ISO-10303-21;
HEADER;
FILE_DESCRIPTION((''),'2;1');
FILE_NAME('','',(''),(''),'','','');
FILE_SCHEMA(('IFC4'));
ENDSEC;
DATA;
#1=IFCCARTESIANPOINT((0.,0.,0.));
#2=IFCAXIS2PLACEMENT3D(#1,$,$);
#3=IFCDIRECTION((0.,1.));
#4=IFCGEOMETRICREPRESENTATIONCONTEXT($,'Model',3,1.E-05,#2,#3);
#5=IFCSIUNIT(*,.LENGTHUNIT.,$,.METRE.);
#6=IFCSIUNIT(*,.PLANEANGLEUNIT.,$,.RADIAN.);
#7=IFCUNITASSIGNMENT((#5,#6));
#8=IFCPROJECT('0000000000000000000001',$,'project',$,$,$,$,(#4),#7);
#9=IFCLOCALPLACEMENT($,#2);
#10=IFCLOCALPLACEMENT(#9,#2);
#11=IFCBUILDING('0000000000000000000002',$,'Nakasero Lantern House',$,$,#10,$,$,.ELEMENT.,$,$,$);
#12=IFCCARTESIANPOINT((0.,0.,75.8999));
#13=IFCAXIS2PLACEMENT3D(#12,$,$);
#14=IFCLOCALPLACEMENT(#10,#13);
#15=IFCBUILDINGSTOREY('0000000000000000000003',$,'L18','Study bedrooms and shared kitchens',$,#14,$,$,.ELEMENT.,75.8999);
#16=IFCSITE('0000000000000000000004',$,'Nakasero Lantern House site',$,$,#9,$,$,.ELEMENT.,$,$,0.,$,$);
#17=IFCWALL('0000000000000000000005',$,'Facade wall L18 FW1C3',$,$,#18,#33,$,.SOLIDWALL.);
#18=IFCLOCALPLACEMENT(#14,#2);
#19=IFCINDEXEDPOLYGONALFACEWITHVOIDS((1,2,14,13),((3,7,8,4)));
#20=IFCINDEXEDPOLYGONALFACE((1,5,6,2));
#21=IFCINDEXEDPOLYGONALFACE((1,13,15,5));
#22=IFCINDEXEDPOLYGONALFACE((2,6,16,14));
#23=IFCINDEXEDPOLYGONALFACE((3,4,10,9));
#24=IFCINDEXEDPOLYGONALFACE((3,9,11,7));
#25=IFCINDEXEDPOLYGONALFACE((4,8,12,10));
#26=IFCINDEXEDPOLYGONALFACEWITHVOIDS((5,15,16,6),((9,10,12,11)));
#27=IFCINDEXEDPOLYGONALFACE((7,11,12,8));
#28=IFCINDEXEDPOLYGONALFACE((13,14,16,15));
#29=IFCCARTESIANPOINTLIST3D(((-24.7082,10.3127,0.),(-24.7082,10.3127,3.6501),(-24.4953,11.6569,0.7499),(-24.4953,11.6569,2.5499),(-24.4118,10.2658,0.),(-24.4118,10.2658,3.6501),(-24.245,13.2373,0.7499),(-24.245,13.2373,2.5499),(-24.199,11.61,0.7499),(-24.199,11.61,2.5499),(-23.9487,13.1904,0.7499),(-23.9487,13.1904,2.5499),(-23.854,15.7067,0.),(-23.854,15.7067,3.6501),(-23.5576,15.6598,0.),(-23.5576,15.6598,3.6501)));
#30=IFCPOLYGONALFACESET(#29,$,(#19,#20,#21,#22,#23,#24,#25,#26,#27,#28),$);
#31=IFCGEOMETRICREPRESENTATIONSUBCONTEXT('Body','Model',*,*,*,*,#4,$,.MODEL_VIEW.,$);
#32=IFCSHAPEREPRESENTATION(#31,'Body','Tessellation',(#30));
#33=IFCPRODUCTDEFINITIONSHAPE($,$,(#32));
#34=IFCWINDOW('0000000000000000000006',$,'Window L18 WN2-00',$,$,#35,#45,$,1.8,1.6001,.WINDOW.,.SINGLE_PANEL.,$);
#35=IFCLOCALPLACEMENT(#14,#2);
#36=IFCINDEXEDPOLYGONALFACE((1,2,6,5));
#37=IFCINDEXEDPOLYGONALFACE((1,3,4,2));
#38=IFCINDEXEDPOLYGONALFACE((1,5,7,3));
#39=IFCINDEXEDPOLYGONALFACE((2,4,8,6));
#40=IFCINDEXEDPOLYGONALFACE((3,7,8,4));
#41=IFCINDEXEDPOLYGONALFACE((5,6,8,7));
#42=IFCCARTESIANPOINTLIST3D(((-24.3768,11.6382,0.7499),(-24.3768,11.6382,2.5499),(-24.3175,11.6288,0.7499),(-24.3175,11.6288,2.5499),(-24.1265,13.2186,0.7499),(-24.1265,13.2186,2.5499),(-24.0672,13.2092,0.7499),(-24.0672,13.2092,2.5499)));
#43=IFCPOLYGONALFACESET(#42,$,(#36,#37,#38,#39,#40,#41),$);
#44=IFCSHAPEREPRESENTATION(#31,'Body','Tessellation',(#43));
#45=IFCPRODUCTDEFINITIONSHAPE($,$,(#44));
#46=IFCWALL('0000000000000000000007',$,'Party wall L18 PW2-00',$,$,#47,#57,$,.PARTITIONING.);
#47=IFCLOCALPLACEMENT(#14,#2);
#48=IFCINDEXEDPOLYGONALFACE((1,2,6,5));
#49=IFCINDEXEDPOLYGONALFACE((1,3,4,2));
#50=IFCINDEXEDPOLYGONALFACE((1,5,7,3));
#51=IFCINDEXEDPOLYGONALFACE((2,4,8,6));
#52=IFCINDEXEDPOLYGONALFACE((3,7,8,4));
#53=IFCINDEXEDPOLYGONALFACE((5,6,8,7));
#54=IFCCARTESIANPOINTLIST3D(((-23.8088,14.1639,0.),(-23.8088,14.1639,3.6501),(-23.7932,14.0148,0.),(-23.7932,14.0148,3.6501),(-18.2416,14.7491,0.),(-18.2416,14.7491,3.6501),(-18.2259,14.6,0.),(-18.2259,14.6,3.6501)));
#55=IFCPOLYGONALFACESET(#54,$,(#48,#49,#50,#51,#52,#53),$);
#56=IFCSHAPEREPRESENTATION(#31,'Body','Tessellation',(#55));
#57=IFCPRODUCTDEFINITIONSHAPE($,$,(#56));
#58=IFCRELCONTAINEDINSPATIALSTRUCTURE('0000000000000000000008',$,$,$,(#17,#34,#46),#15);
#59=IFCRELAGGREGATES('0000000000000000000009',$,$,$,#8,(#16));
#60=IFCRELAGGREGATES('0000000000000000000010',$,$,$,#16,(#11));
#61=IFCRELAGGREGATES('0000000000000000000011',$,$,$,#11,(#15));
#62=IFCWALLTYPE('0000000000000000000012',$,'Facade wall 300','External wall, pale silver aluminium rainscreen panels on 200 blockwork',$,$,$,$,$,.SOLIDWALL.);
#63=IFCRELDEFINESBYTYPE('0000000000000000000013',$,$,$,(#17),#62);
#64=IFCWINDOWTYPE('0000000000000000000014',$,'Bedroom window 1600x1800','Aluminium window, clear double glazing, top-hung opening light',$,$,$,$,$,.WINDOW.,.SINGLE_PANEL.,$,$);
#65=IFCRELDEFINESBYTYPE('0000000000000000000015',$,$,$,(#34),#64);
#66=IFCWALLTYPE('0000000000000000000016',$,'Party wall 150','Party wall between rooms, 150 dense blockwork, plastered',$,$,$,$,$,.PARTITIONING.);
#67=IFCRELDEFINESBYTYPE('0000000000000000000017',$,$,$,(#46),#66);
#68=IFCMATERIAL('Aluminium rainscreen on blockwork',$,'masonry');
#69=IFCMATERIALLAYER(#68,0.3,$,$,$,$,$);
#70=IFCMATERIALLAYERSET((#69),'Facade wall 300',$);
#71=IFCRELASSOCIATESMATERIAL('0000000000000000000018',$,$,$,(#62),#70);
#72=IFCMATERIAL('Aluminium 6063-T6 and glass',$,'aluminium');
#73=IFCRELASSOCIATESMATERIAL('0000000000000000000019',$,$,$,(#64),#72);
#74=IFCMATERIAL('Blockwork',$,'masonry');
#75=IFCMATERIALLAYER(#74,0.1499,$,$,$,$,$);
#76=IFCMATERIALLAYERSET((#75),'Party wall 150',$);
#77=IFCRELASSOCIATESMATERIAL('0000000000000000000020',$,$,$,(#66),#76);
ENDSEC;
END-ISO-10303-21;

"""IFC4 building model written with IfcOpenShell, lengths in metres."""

from ifc_helpers import new_model, si_unit, direction, frame, frame_2d, origin, place, context, subcontext, project, spatial, rectangle, extrude, material, layer, layer_set, type_object, element, fill, save


model = new_model("IFC4")

# Units and contexts
model_context = context("Model", 3, precision=1e-05, world=origin(), true_north=direction((0.0, 1.0)))
body_context = subcontext(model_context, "Body", "Model", "MODEL_VIEW")
ifc_project = project(units=[si_unit("LENGTHUNIT", "METRE"), si_unit("PLANEANGLEUNIT", "RADIAN")], contexts=[model_context])

# Site, building, storey
site_placement = place(None, origin())
site = spatial("IfcSite", under=ifc_project, at=site_placement, Name="Nakasero Lantern House site", CompositionType="ELEMENT", RefElevation=0.0)
building_placement = place(site_placement, origin())
building = spatial("IfcBuilding", under=site, at=building_placement, Name="Nakasero Lantern House", CompositionType="ELEMENT")
storey_placement = place(building_placement, frame((0.0, 0.0, 75.8999)))
storey = spatial("IfcBuildingStorey", under=building, at=storey_placement, Name="L18", Description="Study bedrooms and shared kitchens", CompositionType="ELEMENT", Elevation=75.8999)

# Wall, opening, window
ifc_material_1 = material(Name="Aluminium rainscreen on blockwork", Category="masonry")
ifc_layer_1 = layer(ifc_material_1, 0.3)
ifc_layer_set_1 = layer_set([ifc_layer_1], Name="Facade wall 300")
wall_type_1 = type_object("IfcWallType", Name="Facade wall 300", Description="External wall, pale silver aluminium rainscreen panels on 200 blockwork", PredefinedType="SOLIDWALL", material=ifc_layer_set_1)
wall_1_placement = place(storey_placement, frame((-23.7058, 15.6831, 0.0), z_axis=(0.0, 0.0, 1.0), x_axis=(-0.156419, -0.987691, 0.0)))
wall_1 = element("IfcWall", 1, at=wall_1_placement, inside=storey, type_object=wall_type_1, Name="Facade wall L18 FW1C3", PredefinedType="SOLIDWALL", context=body_context, shape_type="SweptSolid", body=[
    extrude(rectangle(XDim=5.4612, YDim=0.3, at=frame_2d((2.7305, 0.0))), origin(), (0.0, 0.0, 1.0), 3.6501),
])
opening_1_placement = place(wall_1_placement, frame((2.5, 0.0, 0.75)))
opening_1 = element("IfcOpeningElement", 2, at=opening_1_placement, cuts=wall_1, PredefinedType="OPENING", context=body_context, shape_type="SweptSolid", body=[
    extrude(rectangle(XDim=1.6001, YDim=1.8, at=frame_2d((0.8, 0.8999))), frame((0.0, 0.1699, 0.0), z_axis=(0.0, -1.0, 0.0), x_axis=(1.0, 0.0, 0.0)), (0.0, 0.0, 1.0), 0.3401),
])
ifc_material_2 = material(Name="Aluminium 6063-T6 and glass", Category="aluminium")
window_type_1 = type_object("IfcWindowType", Name="Bedroom window 1600x1800", Description="Aluminium window, clear double glazing, top-hung opening light", PartitioningType="SINGLE_PANEL", PredefinedType="WINDOW", material=ifc_material_2)
window_1_placement = place(opening_1_placement, origin())
window_1 = element("IfcWindow", 3, at=window_1_placement, inside=storey, type_object=window_type_1, Name="Window L18 WN2-00", OverallHeight=1.8, OverallWidth=1.6001, PartitioningType="SINGLE_PANEL", PredefinedType="WINDOW", context=body_context, shape_type="SweptSolid", body=[
    extrude(rectangle(XDim=1.6001, YDim=1.8, at=frame_2d((0.8, 0.8999))), frame((0.0, 0.03, 0.0), z_axis=(0.0, -1.0, 0.0), x_axis=(1.0, 0.0, 0.0)), (0.0, 0.0, 1.0), 0.0601),
])
fill(opening_1, window_1)

# Wall
ifc_material_3 = material(Name="Blockwork", Category="masonry")
ifc_layer_2 = layer(ifc_material_3, 0.1499)
ifc_layer_set_2 = layer_set([ifc_layer_2], Name="Party wall 150")
wall_type_2 = type_object("IfcWallType", Name="Party wall 150", Description="Party wall between rooms, 150 dense blockwork, plastered", PredefinedType="PARTITIONING", material=ifc_layer_set_2)
wall_2_placement = place(storey_placement, frame((-18.2339, 14.6746, 0.0), z_axis=(0.0, 0.0, 1.0), x_axis=(-0.99452, -0.104542, 0.0)))
element("IfcWall", 4, at=wall_2_placement, inside=storey, type_object=wall_type_2, Name="Party wall L18 PW2-00", PredefinedType="PARTITIONING", context=body_context, shape_type="SweptSolid", body=[
    extrude(rectangle(XDim=5.5979, YDim=0.1499, at=frame_2d((2.7988, 0.0))), origin(), (0.0, 0.0, 1.0), 3.6501),
])

save(model, "model.ifc")
